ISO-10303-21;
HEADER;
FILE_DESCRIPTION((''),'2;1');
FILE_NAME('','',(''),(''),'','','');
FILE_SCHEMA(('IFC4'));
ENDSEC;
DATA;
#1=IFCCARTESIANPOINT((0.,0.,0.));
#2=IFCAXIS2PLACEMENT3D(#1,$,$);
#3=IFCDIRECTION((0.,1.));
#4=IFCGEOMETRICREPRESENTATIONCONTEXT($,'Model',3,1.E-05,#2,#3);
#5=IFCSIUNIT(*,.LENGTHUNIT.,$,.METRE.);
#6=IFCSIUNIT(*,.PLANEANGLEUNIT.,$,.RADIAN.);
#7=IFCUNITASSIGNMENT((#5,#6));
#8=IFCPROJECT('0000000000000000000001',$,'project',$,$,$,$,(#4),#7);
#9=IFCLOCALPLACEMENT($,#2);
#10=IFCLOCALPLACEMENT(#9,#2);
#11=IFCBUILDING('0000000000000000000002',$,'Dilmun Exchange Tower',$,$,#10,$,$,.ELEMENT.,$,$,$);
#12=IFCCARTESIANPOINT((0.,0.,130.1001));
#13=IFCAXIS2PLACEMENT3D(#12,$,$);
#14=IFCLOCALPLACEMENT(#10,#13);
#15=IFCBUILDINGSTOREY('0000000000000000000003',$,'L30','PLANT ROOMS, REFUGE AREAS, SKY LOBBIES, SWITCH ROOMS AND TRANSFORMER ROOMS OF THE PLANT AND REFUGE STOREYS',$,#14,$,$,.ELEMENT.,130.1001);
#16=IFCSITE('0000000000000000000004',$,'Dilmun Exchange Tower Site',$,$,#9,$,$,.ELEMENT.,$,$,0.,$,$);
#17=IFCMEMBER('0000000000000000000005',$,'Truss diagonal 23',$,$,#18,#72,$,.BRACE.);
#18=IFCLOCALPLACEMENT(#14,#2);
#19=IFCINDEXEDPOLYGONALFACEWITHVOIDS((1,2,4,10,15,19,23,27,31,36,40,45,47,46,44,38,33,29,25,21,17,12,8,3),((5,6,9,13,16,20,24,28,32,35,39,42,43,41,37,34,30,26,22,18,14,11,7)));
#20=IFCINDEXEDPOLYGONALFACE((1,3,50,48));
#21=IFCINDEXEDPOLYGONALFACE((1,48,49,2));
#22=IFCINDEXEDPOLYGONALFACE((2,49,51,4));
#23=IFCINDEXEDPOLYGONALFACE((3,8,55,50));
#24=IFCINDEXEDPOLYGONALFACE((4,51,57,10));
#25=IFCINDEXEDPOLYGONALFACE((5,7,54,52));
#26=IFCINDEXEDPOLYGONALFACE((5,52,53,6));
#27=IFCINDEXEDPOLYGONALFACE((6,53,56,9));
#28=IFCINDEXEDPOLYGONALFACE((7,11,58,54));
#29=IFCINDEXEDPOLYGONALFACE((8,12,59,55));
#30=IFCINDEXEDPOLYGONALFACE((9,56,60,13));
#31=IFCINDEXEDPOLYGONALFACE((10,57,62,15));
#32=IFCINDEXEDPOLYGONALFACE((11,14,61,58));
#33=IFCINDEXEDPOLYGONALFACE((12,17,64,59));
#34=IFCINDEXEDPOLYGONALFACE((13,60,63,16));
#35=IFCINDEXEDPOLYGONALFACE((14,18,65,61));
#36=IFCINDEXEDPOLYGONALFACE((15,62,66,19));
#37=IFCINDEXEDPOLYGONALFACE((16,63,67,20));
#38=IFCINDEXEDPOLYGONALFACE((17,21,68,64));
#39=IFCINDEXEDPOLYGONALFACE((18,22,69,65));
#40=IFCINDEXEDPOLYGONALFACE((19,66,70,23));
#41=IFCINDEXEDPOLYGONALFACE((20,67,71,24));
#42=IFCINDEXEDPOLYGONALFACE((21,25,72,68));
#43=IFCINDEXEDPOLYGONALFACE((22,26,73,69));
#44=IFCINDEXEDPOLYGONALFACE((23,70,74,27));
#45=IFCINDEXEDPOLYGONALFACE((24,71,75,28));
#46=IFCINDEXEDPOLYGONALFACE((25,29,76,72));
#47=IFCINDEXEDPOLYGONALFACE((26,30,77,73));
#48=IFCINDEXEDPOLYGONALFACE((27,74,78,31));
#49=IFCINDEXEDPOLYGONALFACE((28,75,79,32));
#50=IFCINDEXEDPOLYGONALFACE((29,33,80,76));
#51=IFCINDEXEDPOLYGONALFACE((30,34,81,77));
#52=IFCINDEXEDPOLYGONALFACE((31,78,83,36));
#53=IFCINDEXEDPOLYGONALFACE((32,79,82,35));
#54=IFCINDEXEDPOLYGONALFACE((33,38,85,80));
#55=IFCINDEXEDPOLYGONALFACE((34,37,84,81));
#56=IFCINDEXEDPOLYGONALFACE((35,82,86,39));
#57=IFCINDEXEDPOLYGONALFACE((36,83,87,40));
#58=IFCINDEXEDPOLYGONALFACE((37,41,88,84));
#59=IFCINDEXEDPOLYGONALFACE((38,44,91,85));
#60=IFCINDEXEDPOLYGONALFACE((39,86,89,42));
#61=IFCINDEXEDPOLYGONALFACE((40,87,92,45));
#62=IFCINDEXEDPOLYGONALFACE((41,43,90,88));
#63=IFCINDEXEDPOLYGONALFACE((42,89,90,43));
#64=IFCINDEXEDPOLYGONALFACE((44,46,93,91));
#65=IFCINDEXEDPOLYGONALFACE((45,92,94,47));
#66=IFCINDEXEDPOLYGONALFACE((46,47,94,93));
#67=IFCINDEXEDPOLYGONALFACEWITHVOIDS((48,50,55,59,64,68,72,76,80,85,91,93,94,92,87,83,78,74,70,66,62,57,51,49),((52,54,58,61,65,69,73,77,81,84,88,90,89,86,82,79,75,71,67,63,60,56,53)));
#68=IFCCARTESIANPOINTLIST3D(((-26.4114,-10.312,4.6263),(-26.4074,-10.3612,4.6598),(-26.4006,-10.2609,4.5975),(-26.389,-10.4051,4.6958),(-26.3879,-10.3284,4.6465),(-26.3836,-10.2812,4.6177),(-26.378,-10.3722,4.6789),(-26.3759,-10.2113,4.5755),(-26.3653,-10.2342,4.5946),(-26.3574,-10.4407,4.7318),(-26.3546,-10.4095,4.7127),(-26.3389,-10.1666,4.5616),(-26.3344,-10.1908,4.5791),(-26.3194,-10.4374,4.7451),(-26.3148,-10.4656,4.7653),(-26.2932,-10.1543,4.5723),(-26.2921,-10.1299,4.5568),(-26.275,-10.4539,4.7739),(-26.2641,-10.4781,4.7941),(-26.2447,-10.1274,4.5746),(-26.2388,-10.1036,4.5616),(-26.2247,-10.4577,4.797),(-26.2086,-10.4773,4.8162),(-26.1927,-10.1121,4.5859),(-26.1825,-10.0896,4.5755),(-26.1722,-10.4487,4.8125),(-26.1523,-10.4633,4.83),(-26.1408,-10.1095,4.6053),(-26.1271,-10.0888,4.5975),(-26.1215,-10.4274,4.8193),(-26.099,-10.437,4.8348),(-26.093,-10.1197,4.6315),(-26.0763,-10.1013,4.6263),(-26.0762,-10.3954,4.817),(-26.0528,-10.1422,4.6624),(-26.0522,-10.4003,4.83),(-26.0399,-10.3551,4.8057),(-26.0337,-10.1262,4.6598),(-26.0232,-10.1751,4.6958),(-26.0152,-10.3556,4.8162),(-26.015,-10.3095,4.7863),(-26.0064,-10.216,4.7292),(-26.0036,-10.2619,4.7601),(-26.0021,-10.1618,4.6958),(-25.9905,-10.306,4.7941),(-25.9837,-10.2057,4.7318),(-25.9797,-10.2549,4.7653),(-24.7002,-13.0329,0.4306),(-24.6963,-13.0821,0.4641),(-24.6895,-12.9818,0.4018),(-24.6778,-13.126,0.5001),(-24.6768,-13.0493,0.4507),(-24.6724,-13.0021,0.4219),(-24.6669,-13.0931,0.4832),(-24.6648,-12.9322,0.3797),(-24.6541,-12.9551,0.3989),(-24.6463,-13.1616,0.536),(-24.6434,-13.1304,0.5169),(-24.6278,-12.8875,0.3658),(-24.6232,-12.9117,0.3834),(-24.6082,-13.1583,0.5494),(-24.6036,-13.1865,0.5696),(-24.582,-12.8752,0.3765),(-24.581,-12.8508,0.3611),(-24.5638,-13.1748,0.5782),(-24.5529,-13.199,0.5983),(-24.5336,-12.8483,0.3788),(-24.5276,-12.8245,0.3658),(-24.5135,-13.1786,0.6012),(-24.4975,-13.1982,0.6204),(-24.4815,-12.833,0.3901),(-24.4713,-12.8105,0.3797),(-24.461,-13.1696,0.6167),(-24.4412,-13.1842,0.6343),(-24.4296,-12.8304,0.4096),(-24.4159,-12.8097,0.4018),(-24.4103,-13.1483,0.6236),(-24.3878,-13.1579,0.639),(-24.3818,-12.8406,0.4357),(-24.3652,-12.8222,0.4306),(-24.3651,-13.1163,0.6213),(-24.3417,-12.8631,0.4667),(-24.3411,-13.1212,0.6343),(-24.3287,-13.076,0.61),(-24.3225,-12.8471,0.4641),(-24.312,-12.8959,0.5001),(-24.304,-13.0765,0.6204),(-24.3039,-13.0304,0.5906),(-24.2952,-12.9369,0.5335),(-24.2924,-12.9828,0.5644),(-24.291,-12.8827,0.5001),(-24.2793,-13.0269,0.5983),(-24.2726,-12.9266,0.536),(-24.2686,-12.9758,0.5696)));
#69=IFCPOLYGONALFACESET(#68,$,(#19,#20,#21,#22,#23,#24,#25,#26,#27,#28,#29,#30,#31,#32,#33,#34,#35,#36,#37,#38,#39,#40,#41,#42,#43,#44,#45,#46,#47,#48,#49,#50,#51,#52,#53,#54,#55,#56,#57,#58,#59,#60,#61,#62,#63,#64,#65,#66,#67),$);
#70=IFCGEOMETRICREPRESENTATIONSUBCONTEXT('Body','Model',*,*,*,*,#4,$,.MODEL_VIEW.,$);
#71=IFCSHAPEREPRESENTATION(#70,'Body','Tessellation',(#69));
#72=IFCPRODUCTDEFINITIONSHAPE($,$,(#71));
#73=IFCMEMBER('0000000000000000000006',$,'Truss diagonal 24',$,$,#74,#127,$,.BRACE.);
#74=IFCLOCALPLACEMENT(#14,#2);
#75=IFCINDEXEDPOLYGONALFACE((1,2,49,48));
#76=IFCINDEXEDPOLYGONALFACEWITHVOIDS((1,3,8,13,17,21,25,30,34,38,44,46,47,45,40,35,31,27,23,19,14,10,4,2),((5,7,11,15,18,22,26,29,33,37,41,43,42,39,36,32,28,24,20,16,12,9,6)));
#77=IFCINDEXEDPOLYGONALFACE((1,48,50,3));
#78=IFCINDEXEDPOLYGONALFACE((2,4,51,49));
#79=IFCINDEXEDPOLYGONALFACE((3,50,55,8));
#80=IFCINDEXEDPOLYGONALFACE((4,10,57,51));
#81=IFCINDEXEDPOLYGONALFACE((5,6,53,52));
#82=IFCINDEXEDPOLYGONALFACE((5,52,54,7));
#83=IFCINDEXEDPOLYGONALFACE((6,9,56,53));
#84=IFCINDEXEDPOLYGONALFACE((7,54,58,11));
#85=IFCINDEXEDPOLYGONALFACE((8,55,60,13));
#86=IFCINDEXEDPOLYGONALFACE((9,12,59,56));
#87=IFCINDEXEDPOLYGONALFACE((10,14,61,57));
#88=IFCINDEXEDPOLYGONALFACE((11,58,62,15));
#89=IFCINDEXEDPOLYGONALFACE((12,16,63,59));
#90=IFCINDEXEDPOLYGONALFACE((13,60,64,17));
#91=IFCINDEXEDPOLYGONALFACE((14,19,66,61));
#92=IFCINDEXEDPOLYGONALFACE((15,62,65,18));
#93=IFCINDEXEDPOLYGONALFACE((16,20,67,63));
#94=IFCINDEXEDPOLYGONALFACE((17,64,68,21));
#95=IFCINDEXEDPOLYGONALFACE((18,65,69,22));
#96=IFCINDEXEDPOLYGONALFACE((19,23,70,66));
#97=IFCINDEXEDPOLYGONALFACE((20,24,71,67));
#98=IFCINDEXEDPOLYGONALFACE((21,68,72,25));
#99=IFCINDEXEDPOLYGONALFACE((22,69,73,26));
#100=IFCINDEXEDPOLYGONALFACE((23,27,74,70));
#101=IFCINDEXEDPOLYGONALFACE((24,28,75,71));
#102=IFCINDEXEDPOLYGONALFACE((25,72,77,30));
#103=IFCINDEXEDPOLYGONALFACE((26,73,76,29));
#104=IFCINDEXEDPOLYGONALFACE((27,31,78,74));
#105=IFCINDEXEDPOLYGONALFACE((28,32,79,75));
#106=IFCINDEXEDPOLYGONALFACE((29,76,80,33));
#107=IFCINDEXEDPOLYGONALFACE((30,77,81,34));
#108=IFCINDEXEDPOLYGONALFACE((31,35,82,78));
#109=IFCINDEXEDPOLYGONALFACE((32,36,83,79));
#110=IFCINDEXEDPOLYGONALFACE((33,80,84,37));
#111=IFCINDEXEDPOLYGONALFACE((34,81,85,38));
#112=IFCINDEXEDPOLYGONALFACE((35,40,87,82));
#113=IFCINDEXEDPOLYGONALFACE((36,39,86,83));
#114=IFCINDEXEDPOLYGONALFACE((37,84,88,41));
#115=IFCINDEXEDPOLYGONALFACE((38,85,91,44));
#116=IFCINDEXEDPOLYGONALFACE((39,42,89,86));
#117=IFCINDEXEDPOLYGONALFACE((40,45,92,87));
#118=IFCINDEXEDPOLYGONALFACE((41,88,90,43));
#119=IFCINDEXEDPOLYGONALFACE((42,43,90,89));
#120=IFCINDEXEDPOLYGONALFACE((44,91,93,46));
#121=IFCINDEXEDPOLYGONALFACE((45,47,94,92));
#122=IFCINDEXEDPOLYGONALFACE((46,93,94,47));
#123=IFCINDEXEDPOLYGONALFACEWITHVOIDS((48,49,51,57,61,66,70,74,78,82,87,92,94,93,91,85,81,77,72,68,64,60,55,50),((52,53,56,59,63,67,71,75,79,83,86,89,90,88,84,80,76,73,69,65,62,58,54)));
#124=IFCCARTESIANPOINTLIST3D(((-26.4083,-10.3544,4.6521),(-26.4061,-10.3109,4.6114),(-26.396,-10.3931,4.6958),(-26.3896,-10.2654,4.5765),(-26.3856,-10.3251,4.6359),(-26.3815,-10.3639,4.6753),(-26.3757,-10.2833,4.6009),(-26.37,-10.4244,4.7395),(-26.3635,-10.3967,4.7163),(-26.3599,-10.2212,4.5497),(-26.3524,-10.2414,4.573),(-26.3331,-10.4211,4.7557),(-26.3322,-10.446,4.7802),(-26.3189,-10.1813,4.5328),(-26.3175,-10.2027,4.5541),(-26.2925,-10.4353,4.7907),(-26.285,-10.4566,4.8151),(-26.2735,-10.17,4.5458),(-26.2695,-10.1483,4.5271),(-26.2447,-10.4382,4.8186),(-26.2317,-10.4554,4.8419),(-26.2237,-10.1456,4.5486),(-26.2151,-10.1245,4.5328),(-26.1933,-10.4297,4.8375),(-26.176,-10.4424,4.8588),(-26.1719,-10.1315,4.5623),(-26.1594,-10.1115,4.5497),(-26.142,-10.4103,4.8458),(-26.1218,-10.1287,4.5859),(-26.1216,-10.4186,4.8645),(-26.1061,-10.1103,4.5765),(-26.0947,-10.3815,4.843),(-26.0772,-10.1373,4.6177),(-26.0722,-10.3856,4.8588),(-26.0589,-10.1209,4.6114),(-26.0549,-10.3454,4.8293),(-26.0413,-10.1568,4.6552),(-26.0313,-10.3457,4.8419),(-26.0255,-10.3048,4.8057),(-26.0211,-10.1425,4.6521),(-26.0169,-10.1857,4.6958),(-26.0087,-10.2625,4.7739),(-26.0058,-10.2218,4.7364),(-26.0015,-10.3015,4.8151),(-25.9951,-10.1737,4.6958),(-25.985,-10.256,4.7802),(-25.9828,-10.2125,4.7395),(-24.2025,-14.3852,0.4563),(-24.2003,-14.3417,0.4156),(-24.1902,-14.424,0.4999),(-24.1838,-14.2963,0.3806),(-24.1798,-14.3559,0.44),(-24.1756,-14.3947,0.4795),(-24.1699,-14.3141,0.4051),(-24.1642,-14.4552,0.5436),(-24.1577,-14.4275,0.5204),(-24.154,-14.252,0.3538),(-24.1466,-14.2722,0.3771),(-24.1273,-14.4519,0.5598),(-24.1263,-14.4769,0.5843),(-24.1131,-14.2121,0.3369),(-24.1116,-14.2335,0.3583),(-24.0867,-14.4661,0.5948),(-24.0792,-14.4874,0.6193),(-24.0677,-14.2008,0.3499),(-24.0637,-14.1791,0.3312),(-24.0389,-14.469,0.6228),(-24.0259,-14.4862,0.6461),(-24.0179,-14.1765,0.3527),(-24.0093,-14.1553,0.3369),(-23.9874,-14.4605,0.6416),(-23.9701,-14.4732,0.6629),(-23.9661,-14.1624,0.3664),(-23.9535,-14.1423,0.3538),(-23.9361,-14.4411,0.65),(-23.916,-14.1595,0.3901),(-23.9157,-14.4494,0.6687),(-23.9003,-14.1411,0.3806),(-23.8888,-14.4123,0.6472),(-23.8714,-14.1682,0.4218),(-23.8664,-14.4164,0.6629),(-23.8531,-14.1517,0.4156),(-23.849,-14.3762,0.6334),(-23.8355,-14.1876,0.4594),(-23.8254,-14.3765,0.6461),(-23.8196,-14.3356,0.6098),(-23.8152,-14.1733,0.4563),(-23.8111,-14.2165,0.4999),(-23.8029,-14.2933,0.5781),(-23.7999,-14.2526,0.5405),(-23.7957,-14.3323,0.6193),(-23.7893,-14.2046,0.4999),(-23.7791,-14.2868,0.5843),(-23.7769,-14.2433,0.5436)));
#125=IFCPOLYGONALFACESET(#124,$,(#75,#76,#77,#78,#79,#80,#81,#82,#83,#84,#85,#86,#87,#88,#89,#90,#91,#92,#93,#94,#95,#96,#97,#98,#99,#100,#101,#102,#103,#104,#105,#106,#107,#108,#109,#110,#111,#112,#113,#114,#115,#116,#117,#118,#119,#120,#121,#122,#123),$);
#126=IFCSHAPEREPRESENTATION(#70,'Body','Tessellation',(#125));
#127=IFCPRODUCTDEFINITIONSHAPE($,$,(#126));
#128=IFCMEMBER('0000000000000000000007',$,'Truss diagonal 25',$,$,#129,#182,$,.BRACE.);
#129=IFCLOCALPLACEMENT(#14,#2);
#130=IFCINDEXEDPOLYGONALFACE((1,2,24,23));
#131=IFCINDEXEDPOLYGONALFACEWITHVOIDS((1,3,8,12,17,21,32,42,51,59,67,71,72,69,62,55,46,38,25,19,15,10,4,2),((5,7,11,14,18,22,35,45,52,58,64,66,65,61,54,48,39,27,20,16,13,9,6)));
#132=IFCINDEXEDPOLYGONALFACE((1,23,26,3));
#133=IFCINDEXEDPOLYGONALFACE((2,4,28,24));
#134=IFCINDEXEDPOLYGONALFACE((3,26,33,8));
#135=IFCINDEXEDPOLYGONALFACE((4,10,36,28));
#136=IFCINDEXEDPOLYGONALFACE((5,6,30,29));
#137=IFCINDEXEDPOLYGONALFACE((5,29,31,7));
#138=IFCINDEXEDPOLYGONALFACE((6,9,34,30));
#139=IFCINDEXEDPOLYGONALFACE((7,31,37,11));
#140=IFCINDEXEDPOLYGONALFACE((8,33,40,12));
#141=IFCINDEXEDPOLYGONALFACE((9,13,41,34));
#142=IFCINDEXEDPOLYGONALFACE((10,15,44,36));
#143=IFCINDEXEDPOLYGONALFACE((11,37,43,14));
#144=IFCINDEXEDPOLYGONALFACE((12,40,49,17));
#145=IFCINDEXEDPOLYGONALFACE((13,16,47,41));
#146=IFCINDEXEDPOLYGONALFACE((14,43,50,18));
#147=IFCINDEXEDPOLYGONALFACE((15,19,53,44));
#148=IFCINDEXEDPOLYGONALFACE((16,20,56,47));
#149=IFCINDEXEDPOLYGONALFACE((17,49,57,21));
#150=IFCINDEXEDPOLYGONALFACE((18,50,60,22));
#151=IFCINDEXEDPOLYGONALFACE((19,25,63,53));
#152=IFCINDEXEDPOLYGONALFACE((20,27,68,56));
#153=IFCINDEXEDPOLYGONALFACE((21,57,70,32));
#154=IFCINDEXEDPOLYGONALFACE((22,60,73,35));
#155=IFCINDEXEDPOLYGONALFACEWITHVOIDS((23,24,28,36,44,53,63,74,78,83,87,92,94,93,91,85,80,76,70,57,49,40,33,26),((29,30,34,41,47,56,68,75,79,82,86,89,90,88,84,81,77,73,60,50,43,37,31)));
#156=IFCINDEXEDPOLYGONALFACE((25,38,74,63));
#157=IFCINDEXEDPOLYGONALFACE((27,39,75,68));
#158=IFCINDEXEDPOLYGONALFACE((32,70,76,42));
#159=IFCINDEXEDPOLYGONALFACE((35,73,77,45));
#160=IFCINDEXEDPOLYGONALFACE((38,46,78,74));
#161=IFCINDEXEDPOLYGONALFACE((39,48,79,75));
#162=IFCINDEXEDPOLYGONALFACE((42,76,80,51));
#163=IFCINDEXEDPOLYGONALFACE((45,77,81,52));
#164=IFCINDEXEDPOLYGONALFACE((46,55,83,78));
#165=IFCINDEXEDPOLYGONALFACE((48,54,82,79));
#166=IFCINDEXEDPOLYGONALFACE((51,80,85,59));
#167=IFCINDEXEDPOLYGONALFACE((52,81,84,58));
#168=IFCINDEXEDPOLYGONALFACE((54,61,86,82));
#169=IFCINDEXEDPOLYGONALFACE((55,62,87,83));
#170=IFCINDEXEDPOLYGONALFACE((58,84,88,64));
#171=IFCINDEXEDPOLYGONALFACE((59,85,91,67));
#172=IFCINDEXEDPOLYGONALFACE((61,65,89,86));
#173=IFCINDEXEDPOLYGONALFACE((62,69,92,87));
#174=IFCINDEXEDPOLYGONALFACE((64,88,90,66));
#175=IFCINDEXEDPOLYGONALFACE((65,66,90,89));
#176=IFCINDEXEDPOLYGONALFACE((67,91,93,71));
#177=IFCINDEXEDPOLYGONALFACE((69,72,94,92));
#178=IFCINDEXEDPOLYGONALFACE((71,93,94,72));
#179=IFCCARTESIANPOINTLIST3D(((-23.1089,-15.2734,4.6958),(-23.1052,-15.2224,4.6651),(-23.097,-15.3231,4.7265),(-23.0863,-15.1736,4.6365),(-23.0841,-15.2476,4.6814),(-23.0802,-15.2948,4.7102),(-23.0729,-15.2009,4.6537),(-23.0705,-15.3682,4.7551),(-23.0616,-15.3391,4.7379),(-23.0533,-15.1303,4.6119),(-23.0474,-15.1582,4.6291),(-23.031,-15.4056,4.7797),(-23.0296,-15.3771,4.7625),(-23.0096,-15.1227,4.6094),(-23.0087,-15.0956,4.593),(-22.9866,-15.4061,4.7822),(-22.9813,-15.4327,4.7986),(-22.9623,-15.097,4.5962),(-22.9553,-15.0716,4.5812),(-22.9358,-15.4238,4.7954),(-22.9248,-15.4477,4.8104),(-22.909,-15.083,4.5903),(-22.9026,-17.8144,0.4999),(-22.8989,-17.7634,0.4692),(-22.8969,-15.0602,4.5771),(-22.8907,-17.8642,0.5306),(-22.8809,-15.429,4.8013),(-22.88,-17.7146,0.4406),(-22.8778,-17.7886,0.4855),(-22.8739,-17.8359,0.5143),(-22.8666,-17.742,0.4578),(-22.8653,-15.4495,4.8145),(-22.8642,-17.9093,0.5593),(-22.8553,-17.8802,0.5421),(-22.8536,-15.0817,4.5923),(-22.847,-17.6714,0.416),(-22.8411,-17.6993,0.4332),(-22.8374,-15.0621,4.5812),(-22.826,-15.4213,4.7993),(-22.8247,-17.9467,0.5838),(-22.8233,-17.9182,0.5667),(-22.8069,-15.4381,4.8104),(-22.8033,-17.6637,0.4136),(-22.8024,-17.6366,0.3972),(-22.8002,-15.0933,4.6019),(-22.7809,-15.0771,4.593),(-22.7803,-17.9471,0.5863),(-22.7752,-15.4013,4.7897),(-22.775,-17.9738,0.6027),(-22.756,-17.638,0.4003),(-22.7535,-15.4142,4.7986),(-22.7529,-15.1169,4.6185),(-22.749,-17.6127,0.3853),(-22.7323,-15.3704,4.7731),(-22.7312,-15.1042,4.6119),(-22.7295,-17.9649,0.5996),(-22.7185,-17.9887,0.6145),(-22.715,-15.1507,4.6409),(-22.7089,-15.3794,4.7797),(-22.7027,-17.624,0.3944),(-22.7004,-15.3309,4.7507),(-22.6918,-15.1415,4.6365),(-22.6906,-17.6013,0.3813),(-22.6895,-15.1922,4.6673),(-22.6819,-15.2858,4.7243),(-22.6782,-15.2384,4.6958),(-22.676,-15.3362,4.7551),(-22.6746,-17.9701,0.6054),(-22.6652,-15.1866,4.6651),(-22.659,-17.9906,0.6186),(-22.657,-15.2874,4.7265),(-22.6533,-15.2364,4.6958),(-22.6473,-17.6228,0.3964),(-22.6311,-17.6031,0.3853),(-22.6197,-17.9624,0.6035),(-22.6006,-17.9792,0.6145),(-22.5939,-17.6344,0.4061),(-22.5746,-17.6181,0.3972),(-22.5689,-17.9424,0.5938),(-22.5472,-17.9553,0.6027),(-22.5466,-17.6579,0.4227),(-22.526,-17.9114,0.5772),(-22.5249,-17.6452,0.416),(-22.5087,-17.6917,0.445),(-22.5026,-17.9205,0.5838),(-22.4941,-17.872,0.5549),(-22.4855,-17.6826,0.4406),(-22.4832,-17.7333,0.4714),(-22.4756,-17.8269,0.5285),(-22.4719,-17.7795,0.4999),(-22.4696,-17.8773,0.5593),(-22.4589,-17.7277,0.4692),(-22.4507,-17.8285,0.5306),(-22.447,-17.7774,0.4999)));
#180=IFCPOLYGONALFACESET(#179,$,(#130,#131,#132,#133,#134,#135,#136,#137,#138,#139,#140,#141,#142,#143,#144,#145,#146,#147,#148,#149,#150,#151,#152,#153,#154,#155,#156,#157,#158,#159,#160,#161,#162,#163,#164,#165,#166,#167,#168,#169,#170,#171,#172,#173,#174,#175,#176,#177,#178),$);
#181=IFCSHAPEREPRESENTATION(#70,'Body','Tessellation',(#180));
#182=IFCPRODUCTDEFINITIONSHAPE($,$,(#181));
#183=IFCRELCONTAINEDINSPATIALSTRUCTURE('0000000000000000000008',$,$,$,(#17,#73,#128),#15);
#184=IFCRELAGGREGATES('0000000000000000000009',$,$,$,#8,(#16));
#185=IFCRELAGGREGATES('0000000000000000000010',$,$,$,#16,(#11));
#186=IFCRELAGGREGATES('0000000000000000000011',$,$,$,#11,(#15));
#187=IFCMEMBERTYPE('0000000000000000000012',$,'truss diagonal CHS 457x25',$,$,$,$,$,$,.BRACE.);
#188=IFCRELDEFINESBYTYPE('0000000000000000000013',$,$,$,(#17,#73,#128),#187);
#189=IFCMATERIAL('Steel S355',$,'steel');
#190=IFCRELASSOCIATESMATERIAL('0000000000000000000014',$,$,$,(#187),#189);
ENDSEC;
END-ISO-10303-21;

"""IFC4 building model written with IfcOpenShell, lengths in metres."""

from ifc_helpers import new_model, si_unit, direction, frame, origin, origin_2d, place, context, subcontext, project, spatial, hollow_circle, extrude, material, material_profile, profile_set, type_object, element, save


model = new_model("IFC4")

# Units and contexts
model_context = context("Model", 3, precision=1e-05, world=origin(), true_north=direction((0.0, 1.0)))
body_context = subcontext(model_context, "Body", "Model", "MODEL_VIEW")
ifc_project = project(units=[si_unit("LENGTHUNIT", "METRE"), si_unit("PLANEANGLEUNIT", "RADIAN")], contexts=[model_context])

# Site, building, storey
site_placement = place(None, origin())
site = spatial("IfcSite", under=ifc_project, at=site_placement, Name="Dilmun Exchange Tower Site", CompositionType="ELEMENT", RefElevation=0.0)
building_placement = place(site_placement, origin())
building = spatial("IfcBuilding", under=site, at=building_placement, Name="Dilmun Exchange Tower", CompositionType="ELEMENT")
storey_placement = place(building_placement, frame((0.0, 0.0, 130.1001)))
storey = spatial("IfcBuildingStorey", under=building, at=storey_placement, Name="L30", Description="PLANT ROOMS, REFUGE AREAS, SKY LOBBIES, SWITCH ROOMS AND TRANSFORMER ROOMS OF THE PLANT AND REFUGE STOREYS", CompositionType="ELEMENT", Elevation=130.1001)

# Shared definitions
ifc_material_1 = material(Name="Steel S355", Category="steel")

# Members
ifc_material_profile_1 = material_profile(ifc_material_1, hollow_circle(Radius=0.2285, WallThickness=0.0249, at=origin_2d()), Name="CHS 457x25")
ifc_profile_set_1 = profile_set([ifc_material_profile_1], Name="Steel S355")
member_type = type_object("IfcMemberType", Name="truss diagonal CHS 457x25", PredefinedType="BRACE", material=ifc_profile_set_1)
member_1_placement = place(storey_placement, frame((-26.1956, -10.2834, 4.6958), z_axis=(0.323751, -0.514795, -0.793833), x_axis=(0.846514, 0.532366, 0.0)))
element("IfcMember", 1, at=member_1_placement, inside=storey, type_object=member_type, Name="Truss diagonal 23", PredefinedType="BRACE", context=body_context, shape_type="SweptSolid", body=[
    extrude(hollow_circle(Radius=0.2285, WallThickness=0.0249, at=origin_2d()), origin(), (0.0, 0.0, 1.0), 5.2854),
])
member_2_placement = place(storey_placement, frame((-26.1956, -10.2834, 4.6958), z_axis=(0.354499, -0.64779, -0.674313), x_axis=(0.877235, 0.480062, 0.0)))
element("IfcMember", 2, at=member_2_placement, inside=storey, type_object=member_type, Name="Truss diagonal 24", PredefinedType="BRACE", context=body_context, shape_type="SweptSolid", body=[
    extrude(hollow_circle(Radius=0.2285, WallThickness=0.0249, at=origin_2d()), origin(), (0.0, 0.0, 1.0), 6.2224),
])
for number, where, z_axis, x_axis, name in (
    (3, (-22.8811, -15.2549, 4.6958), (0.04202, -0.517562, -0.854613), (0.99672, 0.080921, 0.0), "Truss diagonal 25"),
):
    element("IfcMember", number, at=place(storey_placement, frame(where, z_axis=z_axis, x_axis=x_axis)), inside=storey, type_object=member_type, Name=name, PredefinedType="BRACE", context=body_context, shape_type="SweptSolid", body=[
        extrude(hollow_circle(Radius=0.2285, WallThickness=0.0249, at=origin_2d()), origin(), (0.0, 0.0, 1.0), 4.9097),
    ])

save(model, "model.ifc")
